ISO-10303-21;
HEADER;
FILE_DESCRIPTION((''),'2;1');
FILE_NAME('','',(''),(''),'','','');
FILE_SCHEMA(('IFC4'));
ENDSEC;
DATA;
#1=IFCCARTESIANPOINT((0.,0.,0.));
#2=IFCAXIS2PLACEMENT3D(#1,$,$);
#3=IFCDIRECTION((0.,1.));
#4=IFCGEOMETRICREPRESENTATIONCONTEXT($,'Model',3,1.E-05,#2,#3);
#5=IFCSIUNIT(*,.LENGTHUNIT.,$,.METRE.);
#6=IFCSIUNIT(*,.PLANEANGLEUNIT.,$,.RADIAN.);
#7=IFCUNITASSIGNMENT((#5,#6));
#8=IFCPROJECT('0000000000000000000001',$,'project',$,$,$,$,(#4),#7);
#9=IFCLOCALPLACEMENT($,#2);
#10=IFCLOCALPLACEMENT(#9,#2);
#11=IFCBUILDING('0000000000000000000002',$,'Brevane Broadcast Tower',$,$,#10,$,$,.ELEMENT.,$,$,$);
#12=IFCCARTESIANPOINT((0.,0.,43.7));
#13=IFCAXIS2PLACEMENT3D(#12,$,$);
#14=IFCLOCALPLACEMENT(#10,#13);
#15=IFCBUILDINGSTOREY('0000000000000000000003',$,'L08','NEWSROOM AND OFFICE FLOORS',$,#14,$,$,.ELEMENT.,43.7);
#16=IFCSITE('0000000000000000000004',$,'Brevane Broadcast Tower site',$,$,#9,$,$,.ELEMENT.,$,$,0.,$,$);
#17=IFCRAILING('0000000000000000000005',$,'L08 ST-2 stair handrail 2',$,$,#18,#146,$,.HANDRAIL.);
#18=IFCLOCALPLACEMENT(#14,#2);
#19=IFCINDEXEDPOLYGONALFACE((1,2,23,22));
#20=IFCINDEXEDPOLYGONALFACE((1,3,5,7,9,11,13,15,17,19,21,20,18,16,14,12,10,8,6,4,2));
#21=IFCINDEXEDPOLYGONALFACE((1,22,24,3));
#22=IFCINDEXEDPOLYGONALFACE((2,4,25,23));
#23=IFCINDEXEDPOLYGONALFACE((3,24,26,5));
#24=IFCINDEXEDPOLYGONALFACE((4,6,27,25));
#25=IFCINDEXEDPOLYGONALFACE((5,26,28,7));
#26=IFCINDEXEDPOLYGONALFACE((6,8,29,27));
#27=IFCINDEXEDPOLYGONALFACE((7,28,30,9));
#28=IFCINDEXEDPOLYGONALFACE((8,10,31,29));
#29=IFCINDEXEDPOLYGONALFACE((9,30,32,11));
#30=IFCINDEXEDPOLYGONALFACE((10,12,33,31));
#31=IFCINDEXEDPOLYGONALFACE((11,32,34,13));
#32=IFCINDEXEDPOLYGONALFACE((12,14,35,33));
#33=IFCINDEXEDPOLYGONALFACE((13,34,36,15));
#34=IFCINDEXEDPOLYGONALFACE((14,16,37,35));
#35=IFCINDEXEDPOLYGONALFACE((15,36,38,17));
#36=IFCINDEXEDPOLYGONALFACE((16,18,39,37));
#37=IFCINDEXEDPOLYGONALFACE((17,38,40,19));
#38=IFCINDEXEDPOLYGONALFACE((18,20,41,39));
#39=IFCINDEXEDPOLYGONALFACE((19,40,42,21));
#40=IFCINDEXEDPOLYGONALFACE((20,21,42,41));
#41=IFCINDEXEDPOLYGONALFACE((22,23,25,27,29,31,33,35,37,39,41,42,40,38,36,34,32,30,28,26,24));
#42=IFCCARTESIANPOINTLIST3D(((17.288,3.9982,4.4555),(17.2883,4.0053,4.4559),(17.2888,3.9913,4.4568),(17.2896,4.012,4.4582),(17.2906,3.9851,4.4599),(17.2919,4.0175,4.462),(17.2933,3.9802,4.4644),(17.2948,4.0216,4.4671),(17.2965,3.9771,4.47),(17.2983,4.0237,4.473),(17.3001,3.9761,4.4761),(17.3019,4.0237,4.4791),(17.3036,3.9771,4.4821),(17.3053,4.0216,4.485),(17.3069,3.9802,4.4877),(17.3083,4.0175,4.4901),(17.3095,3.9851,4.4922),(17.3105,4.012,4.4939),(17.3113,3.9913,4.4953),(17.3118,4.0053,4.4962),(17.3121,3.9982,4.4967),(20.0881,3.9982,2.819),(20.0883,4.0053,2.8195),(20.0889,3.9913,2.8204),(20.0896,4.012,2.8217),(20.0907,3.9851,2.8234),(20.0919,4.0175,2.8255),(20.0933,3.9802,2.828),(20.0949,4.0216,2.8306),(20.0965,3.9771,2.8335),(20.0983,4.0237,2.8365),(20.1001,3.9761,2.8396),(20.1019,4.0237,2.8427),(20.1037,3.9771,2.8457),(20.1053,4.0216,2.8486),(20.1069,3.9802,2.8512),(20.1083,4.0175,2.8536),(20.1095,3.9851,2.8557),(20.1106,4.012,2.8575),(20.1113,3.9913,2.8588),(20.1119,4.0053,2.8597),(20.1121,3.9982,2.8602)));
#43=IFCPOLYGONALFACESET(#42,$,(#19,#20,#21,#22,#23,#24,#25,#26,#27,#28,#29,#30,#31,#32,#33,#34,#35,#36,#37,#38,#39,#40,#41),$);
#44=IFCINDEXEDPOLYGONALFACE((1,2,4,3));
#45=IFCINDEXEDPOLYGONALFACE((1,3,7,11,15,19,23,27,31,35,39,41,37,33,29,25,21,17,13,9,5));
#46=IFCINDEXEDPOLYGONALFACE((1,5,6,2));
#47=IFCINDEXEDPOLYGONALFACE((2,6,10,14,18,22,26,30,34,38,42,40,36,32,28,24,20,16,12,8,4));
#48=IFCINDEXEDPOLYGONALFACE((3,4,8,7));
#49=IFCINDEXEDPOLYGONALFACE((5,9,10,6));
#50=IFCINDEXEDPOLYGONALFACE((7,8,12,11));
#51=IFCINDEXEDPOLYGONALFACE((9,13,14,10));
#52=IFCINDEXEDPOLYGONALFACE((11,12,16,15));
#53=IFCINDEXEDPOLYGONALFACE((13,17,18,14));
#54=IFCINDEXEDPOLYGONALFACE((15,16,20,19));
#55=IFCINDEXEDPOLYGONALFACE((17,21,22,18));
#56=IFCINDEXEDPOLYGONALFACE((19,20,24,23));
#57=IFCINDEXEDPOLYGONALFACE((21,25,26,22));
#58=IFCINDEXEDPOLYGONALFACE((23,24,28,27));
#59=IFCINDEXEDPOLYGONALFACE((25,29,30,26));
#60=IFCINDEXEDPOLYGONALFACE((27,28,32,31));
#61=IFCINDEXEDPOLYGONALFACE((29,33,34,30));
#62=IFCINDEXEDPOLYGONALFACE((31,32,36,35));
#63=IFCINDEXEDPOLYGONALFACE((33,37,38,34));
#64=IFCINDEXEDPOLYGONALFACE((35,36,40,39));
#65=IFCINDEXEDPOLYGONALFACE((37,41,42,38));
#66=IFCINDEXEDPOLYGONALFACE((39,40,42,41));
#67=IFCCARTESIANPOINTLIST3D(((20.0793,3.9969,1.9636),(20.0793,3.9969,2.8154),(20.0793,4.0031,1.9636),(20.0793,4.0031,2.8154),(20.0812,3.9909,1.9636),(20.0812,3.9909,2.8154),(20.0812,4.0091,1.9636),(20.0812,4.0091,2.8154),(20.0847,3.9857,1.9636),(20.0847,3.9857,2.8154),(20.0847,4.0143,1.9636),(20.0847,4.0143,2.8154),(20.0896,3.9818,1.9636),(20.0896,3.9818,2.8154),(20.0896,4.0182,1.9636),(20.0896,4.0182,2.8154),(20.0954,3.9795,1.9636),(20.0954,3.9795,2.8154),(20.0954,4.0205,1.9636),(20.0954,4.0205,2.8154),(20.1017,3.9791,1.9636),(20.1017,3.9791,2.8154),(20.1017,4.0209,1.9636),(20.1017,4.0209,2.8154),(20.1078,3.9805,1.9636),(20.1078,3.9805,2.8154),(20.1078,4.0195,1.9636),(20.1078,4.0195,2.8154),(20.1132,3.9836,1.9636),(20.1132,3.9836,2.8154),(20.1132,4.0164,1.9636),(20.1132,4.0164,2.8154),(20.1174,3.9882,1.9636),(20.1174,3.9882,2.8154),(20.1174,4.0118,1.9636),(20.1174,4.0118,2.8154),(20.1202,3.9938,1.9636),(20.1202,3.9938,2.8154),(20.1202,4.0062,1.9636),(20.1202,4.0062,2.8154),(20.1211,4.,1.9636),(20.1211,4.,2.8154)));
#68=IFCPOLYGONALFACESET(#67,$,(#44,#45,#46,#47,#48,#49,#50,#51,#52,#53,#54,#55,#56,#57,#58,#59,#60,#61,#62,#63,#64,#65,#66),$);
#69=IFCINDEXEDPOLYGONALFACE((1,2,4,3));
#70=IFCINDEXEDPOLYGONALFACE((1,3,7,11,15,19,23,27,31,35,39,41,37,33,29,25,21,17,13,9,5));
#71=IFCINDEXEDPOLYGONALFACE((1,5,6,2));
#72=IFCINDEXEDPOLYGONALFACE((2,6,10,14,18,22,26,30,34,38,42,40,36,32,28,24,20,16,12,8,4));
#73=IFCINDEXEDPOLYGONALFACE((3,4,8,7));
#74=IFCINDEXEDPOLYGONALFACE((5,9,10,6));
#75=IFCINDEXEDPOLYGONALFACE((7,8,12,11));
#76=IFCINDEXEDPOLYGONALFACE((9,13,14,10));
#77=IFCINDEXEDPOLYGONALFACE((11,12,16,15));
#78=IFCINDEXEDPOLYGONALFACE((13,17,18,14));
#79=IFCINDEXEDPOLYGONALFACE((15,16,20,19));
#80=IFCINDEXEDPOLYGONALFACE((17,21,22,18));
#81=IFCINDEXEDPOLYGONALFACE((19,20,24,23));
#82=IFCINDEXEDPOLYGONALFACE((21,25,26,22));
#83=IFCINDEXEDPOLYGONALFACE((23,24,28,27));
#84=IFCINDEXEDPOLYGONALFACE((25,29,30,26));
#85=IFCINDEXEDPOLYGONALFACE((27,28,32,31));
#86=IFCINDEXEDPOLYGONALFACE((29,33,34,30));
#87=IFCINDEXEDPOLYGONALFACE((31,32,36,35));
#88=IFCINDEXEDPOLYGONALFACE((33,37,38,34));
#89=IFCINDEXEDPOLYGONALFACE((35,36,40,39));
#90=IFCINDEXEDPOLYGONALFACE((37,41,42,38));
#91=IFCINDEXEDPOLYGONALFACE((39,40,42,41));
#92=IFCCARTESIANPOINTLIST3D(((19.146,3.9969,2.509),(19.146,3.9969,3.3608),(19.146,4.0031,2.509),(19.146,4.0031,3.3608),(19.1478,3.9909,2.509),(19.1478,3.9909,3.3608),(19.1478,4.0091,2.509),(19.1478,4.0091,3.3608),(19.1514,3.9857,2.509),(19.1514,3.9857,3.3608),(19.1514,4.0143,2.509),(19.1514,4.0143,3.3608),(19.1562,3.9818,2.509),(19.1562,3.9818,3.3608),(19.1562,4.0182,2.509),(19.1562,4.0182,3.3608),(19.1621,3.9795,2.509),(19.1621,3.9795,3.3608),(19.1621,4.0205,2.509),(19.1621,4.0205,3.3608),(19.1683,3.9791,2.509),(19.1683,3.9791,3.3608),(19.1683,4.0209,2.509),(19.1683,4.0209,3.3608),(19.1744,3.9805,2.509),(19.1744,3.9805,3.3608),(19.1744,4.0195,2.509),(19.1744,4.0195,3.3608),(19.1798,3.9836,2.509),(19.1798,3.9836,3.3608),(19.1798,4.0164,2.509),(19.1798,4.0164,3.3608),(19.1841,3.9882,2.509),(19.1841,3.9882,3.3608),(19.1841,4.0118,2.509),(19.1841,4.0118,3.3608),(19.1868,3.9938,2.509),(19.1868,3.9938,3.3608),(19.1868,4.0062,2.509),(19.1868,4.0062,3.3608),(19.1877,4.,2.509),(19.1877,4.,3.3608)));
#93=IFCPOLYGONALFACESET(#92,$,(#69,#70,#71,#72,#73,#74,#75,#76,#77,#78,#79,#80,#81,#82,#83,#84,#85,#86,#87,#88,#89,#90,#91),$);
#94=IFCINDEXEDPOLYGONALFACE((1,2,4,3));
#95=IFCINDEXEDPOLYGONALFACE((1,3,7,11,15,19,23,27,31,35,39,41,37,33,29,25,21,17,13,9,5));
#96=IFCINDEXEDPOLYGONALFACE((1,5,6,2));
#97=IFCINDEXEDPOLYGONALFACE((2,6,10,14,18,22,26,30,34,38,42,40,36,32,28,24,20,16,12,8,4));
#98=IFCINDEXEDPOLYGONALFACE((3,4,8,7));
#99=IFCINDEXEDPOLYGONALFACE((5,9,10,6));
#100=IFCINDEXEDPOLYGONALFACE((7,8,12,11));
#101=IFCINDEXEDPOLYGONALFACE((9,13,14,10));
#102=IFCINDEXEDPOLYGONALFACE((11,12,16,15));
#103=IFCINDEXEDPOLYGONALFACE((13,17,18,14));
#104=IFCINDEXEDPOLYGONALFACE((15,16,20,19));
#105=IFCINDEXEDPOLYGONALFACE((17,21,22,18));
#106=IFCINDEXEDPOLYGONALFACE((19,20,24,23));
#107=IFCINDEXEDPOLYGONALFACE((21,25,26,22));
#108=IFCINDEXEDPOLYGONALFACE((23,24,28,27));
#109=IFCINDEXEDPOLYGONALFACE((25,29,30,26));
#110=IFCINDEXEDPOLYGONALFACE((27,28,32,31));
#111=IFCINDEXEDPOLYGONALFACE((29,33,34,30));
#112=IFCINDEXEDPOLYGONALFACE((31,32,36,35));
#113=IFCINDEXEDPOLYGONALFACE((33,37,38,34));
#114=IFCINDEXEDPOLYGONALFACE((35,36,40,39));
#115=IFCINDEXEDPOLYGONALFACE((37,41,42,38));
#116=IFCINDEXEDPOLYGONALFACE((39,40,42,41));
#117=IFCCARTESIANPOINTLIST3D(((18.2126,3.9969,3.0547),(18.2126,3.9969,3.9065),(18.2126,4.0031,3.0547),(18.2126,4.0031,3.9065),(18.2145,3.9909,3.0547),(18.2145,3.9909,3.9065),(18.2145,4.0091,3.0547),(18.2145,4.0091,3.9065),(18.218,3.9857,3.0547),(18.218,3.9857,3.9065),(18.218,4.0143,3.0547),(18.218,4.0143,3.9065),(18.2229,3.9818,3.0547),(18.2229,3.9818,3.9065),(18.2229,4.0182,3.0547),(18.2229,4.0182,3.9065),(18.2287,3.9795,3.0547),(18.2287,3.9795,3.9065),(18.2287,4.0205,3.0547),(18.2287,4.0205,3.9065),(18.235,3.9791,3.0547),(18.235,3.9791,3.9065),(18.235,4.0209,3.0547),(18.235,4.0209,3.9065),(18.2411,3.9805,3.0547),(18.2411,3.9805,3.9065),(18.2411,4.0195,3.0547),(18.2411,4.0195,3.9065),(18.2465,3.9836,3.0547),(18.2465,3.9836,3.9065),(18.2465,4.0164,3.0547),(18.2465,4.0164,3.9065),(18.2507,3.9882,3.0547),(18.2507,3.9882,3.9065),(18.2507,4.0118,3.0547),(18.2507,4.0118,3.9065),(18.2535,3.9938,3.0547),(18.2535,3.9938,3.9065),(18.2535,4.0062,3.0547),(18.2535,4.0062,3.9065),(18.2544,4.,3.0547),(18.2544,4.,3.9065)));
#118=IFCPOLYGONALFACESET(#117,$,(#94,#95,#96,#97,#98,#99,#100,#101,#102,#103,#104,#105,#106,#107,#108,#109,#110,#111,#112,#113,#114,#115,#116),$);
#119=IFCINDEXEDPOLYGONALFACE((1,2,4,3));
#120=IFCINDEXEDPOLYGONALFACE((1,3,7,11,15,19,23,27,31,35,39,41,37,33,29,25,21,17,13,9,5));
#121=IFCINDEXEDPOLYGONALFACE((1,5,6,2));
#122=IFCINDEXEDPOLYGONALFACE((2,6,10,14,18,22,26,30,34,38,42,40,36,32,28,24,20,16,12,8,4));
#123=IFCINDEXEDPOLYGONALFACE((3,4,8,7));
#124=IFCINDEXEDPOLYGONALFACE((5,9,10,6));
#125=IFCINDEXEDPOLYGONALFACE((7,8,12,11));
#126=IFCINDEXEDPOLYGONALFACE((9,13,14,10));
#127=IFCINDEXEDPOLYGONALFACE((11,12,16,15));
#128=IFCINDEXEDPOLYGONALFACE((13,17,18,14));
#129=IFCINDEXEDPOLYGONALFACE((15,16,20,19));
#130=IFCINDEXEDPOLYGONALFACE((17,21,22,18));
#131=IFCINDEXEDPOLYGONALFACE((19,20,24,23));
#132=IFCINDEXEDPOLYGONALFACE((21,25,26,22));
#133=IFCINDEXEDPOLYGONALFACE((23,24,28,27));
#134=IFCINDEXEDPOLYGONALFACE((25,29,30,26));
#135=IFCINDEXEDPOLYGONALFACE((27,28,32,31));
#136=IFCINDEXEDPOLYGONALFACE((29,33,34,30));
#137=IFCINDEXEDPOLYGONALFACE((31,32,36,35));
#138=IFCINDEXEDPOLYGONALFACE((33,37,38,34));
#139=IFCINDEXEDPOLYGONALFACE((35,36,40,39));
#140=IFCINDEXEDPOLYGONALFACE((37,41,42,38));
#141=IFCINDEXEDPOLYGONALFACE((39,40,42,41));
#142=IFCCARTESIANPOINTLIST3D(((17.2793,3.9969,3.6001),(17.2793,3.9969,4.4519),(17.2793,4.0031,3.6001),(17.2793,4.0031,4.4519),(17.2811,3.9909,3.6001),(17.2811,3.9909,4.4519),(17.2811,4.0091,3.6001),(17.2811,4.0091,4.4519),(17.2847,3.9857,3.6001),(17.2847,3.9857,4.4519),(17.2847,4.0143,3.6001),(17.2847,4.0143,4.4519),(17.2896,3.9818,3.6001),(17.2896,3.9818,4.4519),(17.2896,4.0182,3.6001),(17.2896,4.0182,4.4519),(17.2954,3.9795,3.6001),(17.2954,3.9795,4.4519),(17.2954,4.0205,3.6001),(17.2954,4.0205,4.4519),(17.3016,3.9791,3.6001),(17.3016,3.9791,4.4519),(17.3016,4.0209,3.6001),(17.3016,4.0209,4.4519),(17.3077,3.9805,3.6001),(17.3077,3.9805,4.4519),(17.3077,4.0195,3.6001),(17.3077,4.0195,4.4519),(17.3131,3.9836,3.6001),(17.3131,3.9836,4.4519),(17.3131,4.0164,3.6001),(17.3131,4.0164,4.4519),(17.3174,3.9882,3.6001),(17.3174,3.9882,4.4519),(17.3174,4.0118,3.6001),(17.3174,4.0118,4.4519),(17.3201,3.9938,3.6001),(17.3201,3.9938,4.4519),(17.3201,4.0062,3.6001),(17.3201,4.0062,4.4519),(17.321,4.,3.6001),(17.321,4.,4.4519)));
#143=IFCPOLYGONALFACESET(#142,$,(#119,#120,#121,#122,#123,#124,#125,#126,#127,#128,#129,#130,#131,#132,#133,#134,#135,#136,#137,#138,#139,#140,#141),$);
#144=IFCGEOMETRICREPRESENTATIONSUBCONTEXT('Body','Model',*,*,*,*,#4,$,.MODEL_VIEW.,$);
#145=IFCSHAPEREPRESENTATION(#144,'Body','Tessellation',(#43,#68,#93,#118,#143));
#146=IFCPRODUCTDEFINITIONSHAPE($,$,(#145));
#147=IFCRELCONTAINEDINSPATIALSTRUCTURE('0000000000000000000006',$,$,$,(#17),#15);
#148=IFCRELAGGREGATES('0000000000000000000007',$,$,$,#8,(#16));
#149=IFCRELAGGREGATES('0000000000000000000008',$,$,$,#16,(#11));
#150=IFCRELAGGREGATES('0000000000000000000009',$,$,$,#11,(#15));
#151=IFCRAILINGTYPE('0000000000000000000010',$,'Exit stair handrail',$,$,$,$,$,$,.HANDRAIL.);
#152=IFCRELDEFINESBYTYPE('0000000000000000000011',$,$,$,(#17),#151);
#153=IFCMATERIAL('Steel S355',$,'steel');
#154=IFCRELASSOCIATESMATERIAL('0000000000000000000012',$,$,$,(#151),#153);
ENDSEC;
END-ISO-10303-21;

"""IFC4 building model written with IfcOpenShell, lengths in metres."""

from ifc_helpers import new_model, si_unit, direction, frame, origin, origin_2d, place, context, subcontext, project, spatial, circle, extrude, material, type_object, element, save


model = new_model("IFC4")

# Units and contexts
model_context = context("Model", 3, precision=1e-05, world=origin(), true_north=direction((0.0, 1.0)))
body_context = subcontext(model_context, "Body", "Model", "MODEL_VIEW")
ifc_project = project(units=[si_unit("LENGTHUNIT", "METRE"), si_unit("PLANEANGLEUNIT", "RADIAN")], contexts=[model_context])

# Site, building, storey
site_placement = place(None, origin())
site = spatial("IfcSite", under=ifc_project, at=site_placement, Name="Brevane Broadcast Tower site", CompositionType="ELEMENT", RefElevation=0.0)
building_placement = place(site_placement, origin())
building = spatial("IfcBuilding", under=site, at=building_placement, Name="Brevane Broadcast Tower", CompositionType="ELEMENT")
storey_placement = place(building_placement, frame((0.0, 0.0, 43.7)))
storey = spatial("IfcBuildingStorey", under=building, at=storey_placement, Name="L08", Description="NEWSROOM AND OFFICE FLOORS", CompositionType="ELEMENT", Elevation=43.7)

# Railing
ifc_material_1 = material(Name="Steel S355", Category="steel")
railing_type_1 = type_object("IfcRailingType", Name="Exit stair handrail", PredefinedType="HANDRAIL", material=ifc_material_1)
railing_1_placement = place(storey_placement, frame((20.1001, 4.0, 1.9636)))
element("IfcRailing", 1, at=railing_1_placement, inside=storey, type_object=railing_type_1, Name="L08 ST-2 stair handrail 2", PredefinedType="HANDRAIL", context=body_context, shape_type="SweptSolid", body=[
    extrude(circle(Radius=0.0239, at=origin_2d()), frame((0.0, 0.0, 0.876), z_axis=(-0.863361, 0.0, 0.504587), x_axis=(0.0, -1.0, 0.0)), (0.0, 0.0, 1.0), 3.2432),
    extrude(circle(Radius=0.021, at=origin_2d()), origin(), (0.0, 0.0, 1.0), 0.8518),
    extrude(circle(Radius=0.021, at=origin_2d()), frame((-0.9333, 0.0, 0.5454)), (0.0, 0.0, 1.0), 0.8518),
    extrude(circle(Radius=0.021, at=origin_2d()), frame((-1.8667, 0.0, 1.0911)), (0.0, 0.0, 1.0), 0.8518),
    extrude(circle(Radius=0.021, at=origin_2d()), frame((-2.8, 0.0, 1.6365)), (0.0, 0.0, 1.0), 0.8518),
])

save(model, "model.ifc")
